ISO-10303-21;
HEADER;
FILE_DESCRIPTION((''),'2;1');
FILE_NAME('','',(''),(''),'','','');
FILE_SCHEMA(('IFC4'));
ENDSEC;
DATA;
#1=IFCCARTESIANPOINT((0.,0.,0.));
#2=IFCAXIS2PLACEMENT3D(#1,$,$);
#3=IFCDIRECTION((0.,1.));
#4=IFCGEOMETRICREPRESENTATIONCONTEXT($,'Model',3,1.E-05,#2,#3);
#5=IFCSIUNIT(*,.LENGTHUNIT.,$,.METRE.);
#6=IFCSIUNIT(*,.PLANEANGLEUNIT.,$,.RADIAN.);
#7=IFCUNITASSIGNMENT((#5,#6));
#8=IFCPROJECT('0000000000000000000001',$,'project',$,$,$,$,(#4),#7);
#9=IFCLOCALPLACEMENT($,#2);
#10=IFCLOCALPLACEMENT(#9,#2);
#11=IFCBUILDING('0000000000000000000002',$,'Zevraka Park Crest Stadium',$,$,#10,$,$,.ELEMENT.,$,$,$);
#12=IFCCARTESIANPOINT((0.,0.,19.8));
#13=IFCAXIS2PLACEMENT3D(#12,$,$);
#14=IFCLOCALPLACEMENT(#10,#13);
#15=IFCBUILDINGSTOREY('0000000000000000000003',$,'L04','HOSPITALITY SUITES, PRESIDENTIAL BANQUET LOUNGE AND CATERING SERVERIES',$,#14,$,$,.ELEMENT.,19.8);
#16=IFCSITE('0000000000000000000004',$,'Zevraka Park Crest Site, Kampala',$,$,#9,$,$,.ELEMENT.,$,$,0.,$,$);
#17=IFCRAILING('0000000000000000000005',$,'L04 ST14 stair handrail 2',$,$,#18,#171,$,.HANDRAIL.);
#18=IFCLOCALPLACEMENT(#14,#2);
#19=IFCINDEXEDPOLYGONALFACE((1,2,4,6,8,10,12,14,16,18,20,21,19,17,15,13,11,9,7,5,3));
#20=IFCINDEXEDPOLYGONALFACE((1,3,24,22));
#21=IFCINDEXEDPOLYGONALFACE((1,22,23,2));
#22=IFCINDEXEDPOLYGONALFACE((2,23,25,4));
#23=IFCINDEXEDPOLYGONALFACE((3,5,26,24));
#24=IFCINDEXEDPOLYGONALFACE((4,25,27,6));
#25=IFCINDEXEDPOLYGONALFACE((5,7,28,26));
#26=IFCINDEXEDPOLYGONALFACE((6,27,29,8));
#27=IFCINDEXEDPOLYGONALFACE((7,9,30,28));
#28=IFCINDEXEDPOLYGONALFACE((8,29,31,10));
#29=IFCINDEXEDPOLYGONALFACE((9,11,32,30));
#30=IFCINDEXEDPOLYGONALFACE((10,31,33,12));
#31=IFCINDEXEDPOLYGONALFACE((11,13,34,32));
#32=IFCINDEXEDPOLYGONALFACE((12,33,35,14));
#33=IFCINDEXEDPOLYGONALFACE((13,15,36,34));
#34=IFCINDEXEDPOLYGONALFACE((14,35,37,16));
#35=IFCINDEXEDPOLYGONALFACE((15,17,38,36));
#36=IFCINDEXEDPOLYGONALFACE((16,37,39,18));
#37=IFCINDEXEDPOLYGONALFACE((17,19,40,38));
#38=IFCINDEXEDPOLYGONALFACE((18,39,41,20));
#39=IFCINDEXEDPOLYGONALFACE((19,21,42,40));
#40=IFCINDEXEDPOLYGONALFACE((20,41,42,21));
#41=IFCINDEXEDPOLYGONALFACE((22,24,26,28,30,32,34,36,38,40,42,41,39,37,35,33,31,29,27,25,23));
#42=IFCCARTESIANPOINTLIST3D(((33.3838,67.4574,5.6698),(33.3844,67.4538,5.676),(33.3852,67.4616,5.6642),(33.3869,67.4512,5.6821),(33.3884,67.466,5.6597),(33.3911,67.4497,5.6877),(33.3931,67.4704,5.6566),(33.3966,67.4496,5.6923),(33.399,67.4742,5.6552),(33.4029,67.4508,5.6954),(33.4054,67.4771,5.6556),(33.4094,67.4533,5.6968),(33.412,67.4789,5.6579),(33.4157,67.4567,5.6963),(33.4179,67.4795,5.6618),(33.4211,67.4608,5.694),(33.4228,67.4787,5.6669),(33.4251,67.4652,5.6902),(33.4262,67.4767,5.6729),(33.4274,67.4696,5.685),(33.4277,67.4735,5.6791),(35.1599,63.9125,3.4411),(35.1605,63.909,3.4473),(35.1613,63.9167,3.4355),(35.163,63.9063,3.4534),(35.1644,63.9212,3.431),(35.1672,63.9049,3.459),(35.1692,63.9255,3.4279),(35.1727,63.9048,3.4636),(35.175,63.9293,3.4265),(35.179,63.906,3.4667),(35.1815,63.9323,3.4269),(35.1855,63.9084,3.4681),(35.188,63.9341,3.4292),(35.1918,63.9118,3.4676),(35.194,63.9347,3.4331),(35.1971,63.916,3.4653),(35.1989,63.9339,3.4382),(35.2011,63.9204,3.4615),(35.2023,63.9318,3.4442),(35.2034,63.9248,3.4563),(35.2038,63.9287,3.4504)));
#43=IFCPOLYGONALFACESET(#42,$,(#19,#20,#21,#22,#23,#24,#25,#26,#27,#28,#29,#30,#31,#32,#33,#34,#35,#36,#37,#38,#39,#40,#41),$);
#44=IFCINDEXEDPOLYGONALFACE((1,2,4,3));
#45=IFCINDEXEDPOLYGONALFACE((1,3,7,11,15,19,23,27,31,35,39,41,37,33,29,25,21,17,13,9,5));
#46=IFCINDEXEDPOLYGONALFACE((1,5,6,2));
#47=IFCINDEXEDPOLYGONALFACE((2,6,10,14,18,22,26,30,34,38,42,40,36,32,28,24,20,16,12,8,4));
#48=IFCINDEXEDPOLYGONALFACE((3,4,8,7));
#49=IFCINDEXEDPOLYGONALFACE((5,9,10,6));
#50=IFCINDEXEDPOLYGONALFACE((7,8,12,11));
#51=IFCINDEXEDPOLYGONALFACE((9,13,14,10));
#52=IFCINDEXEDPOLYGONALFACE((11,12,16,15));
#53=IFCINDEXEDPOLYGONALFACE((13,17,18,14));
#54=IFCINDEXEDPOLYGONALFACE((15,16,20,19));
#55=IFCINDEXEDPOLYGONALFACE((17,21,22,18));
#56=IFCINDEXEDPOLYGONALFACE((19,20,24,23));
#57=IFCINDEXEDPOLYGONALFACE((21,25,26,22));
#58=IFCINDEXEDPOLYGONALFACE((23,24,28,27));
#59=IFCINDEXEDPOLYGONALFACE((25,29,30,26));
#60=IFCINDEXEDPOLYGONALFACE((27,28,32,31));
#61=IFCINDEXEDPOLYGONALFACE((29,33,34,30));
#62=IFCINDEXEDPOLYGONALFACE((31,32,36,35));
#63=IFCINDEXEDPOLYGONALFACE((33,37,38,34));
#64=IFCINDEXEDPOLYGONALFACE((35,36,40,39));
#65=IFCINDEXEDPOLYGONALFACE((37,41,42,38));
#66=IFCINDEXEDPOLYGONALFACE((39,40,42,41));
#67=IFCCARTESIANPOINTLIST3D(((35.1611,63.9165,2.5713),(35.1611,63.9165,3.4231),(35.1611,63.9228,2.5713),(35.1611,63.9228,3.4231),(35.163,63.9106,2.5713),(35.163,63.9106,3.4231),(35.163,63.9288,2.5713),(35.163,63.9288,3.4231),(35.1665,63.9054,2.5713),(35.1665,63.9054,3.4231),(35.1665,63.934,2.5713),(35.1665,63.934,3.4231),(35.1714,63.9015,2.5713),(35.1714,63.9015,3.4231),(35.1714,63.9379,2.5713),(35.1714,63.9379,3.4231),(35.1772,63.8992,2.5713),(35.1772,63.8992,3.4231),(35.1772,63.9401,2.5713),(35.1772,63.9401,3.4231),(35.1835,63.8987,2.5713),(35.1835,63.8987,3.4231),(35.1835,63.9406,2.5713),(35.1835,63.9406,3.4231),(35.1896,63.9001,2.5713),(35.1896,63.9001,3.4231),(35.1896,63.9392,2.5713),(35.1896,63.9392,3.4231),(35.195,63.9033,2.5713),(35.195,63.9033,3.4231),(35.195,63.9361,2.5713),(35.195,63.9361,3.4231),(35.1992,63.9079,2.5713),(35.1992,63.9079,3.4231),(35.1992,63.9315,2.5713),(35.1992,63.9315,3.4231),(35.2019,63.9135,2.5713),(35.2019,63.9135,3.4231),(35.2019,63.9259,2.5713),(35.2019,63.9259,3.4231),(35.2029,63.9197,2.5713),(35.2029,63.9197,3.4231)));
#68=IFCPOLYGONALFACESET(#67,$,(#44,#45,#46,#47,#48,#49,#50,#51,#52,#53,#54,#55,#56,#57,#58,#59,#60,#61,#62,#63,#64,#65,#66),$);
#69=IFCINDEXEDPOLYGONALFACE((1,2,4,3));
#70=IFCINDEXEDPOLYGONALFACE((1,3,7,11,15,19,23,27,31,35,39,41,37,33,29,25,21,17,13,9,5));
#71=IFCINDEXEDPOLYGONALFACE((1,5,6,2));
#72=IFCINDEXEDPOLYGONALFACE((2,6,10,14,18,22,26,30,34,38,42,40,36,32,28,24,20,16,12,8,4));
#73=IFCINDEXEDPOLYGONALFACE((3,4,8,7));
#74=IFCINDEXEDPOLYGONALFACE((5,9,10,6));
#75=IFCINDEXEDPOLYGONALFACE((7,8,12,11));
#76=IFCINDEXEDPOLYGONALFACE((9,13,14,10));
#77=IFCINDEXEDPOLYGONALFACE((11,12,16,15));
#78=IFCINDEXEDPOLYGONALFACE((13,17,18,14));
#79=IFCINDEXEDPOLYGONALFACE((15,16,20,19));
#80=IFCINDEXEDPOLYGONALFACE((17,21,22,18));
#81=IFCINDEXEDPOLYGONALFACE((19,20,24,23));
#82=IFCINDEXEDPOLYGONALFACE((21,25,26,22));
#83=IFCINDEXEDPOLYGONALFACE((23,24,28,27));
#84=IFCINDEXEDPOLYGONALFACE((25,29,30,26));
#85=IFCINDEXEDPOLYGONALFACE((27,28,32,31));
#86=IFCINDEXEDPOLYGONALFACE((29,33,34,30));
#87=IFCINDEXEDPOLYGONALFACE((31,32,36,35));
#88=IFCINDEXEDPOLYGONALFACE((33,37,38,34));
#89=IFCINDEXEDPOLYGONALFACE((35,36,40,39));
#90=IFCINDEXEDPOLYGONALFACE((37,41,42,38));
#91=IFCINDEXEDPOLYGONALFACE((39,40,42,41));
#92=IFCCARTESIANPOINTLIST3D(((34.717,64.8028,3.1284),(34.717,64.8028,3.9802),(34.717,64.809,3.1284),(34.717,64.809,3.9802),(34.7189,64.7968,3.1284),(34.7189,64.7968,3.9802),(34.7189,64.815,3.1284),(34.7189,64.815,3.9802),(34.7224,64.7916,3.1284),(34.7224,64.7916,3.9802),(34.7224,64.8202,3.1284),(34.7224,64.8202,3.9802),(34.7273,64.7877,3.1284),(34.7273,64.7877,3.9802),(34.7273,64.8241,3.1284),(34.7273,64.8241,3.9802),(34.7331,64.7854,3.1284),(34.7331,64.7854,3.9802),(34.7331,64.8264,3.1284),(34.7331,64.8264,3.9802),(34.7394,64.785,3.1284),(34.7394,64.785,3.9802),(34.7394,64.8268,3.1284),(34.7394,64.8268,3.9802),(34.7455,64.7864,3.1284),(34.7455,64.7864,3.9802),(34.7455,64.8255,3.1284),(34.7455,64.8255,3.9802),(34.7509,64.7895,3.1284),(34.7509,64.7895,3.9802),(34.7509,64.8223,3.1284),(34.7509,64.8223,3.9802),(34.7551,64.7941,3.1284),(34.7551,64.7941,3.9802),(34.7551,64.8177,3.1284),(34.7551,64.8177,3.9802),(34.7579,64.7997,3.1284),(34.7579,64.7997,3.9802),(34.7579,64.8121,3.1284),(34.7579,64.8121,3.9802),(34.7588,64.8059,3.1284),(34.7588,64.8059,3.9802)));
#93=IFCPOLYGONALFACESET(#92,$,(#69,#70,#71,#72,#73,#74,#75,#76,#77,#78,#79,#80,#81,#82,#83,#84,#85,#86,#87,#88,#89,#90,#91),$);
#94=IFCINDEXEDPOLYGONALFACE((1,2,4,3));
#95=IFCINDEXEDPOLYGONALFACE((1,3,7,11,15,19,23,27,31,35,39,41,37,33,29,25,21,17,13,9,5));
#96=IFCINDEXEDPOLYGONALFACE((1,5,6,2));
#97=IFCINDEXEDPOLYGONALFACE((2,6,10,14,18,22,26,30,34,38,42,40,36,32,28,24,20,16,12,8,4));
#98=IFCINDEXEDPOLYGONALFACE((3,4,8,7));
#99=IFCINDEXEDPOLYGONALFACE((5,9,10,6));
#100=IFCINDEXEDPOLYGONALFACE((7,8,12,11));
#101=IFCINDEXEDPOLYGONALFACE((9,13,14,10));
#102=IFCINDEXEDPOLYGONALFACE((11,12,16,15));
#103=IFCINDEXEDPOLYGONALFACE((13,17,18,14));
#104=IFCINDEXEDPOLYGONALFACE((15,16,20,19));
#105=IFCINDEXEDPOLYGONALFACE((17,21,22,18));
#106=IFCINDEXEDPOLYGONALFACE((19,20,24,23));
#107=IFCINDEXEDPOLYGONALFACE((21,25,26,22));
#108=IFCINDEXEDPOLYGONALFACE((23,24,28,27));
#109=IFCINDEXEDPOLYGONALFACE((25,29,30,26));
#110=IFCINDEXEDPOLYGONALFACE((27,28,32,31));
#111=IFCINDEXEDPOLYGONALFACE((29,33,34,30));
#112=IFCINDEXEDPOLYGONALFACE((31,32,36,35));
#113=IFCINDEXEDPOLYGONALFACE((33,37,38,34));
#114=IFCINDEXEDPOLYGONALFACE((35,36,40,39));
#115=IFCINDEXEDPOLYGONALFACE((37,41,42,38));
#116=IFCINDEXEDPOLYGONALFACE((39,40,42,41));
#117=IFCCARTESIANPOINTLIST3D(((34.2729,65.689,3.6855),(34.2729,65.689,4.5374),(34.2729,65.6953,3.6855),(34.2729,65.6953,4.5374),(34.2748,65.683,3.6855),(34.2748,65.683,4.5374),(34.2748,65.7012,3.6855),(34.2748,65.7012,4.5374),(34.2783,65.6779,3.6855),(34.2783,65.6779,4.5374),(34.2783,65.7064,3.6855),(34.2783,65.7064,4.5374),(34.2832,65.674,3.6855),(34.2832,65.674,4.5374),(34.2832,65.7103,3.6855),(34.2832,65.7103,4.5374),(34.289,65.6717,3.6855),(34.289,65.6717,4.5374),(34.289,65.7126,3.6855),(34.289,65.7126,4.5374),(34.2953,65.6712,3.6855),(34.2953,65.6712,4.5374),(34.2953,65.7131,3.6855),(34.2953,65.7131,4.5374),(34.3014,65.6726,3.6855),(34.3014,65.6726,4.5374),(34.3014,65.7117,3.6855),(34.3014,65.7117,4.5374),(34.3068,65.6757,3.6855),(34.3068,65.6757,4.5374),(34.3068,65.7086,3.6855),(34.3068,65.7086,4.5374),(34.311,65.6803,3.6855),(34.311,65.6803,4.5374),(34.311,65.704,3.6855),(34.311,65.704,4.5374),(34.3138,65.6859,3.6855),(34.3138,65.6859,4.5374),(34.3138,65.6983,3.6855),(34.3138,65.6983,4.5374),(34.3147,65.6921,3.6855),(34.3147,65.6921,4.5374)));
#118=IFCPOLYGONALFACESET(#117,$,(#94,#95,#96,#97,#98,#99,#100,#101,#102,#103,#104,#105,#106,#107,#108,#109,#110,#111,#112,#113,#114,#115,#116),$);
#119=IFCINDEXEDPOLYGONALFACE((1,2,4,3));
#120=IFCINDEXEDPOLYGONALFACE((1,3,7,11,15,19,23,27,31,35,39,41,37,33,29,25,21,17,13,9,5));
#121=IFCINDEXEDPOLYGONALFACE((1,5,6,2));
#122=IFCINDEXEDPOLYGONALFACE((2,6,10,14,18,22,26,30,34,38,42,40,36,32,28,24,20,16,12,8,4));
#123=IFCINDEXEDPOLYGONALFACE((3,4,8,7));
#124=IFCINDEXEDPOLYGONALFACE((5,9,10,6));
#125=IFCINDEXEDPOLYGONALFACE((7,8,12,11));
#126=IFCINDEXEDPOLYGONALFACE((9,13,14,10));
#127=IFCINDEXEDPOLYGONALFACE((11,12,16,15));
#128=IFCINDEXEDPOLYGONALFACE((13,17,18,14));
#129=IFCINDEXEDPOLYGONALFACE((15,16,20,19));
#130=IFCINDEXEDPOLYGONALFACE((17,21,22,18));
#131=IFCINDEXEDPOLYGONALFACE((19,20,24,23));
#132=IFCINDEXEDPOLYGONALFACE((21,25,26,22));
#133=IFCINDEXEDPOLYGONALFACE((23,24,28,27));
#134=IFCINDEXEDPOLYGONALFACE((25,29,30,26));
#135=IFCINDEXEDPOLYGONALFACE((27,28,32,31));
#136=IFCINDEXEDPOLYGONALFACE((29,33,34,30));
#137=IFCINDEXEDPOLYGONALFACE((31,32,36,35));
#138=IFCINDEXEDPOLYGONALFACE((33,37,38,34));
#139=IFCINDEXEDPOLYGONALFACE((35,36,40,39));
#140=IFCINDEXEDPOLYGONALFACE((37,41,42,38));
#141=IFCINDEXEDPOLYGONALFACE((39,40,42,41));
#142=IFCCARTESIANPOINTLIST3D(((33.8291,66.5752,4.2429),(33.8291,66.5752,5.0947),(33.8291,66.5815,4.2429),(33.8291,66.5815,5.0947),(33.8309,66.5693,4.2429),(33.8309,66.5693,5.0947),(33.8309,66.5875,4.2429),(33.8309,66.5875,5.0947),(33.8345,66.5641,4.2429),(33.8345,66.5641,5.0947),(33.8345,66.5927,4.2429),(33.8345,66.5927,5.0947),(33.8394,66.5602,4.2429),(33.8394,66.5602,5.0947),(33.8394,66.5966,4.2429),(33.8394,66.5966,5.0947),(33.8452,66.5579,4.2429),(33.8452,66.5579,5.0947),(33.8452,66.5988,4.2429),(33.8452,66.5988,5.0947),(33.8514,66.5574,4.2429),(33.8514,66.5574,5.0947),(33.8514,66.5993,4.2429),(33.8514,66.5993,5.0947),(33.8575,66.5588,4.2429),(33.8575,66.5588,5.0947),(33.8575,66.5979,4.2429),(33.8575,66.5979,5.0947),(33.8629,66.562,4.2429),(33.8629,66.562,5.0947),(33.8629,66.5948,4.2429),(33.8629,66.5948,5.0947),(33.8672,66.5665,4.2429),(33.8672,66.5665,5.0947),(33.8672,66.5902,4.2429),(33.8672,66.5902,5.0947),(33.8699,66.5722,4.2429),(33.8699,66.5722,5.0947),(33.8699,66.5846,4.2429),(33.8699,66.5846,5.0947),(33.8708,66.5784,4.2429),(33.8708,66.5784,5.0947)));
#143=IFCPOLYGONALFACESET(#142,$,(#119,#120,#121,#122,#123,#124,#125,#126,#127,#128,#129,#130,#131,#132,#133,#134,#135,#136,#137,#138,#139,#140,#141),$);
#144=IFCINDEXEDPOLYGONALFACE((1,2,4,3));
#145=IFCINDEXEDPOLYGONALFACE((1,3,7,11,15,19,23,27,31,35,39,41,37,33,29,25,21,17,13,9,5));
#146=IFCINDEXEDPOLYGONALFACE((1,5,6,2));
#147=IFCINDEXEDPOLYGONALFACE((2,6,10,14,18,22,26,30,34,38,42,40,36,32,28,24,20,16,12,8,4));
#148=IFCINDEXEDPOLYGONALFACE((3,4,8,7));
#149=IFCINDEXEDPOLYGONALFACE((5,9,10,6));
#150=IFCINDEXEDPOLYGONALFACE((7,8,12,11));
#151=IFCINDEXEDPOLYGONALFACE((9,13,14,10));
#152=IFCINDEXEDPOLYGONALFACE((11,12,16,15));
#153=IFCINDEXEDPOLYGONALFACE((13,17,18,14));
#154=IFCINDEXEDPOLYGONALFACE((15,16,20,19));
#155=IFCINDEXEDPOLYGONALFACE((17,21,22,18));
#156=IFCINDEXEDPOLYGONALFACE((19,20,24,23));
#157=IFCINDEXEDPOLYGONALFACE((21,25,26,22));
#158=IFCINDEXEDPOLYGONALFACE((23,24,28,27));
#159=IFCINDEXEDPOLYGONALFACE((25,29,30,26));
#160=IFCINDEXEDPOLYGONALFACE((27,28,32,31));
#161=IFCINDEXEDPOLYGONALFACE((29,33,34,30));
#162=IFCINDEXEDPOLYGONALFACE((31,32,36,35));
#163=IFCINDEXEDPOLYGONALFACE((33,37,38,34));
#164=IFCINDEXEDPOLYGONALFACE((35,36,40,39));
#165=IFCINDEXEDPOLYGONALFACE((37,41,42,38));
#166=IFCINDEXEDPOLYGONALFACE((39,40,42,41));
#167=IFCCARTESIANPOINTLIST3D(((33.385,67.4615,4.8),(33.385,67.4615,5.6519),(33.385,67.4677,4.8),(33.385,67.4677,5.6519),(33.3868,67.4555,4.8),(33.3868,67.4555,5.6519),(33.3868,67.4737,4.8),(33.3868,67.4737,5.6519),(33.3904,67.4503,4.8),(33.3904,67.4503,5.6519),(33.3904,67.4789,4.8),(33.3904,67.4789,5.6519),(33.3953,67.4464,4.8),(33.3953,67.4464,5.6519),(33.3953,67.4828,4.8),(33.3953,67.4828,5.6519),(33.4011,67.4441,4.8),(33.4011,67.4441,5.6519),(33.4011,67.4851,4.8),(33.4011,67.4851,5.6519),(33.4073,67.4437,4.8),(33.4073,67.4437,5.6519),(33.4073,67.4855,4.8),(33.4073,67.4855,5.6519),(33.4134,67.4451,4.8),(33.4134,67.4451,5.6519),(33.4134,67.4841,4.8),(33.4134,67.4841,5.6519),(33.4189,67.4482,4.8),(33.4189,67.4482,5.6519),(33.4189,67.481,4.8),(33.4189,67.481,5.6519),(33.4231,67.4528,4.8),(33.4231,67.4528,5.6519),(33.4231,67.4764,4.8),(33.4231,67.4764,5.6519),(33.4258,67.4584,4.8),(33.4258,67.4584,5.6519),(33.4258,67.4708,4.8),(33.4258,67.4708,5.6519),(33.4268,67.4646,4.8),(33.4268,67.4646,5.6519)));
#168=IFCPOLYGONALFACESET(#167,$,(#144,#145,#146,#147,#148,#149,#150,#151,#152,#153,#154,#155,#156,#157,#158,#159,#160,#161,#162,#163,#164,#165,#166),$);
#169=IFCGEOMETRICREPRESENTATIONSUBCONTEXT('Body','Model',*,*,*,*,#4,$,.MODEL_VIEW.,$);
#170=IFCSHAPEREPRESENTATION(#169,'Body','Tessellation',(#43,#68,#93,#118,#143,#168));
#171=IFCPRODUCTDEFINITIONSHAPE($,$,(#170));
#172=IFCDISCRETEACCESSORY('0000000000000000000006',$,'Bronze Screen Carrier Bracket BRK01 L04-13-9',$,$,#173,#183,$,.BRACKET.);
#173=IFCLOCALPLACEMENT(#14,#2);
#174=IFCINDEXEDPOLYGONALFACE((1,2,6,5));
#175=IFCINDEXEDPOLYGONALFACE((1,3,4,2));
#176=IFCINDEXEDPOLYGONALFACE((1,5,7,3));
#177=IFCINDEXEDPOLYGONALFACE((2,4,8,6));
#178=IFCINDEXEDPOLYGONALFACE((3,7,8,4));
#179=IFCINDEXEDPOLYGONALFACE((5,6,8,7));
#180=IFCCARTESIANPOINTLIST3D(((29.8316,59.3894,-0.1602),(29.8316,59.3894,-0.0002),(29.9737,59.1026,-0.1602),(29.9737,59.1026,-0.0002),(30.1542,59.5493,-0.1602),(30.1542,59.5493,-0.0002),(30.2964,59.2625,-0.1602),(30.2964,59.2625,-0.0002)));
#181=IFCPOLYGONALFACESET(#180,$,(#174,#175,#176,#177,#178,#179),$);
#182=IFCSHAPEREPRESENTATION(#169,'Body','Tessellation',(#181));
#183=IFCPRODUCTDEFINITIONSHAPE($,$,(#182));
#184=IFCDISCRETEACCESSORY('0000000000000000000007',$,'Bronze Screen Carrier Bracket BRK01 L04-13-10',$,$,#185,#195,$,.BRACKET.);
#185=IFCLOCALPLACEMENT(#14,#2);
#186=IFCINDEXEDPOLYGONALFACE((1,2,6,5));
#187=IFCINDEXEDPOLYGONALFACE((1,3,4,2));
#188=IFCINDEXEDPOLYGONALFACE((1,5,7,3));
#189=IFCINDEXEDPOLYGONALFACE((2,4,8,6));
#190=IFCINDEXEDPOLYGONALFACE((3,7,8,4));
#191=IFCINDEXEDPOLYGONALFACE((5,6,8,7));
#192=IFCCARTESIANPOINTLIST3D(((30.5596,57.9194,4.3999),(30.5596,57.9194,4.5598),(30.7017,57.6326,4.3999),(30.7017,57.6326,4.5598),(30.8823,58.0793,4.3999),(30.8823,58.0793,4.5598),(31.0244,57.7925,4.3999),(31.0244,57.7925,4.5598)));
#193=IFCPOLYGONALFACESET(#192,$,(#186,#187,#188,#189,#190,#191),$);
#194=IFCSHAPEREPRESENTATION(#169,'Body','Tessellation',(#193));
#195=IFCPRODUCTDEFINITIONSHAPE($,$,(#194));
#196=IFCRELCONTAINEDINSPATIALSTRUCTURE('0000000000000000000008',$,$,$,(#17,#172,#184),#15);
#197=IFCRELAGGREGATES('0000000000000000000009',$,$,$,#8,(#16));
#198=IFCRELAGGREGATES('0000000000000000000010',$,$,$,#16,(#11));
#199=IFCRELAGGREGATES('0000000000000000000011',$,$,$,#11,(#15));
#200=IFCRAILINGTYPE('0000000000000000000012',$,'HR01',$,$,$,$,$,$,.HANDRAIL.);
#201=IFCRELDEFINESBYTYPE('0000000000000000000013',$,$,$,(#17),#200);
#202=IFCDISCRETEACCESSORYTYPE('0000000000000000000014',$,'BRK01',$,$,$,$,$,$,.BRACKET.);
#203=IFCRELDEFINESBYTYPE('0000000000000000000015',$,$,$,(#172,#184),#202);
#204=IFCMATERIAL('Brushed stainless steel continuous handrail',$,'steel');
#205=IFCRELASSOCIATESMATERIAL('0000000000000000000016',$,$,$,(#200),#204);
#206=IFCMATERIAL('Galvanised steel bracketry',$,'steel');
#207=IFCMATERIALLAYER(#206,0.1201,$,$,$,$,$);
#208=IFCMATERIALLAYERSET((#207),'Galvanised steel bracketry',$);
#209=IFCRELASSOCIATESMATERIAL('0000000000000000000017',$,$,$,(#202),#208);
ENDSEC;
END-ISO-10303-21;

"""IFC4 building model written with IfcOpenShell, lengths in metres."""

from ifc_helpers import new_model, si_unit, direction, frame, origin, origin_2d, place, context, subcontext, project, spatial, rectangle, circle, extrude, material, layer, layer_set, type_object, element, save


model = new_model("IFC4")

# Units and contexts
model_context = context("Model", 3, precision=1e-05, world=origin(), true_north=direction((0.0, 1.0)))
body_context = subcontext(model_context, "Body", "Model", "MODEL_VIEW")
ifc_project = project(units=[si_unit("LENGTHUNIT", "METRE"), si_unit("PLANEANGLEUNIT", "RADIAN")], contexts=[model_context])

# Site, building, storey
site_placement = place(None, origin())
site = spatial("IfcSite", under=ifc_project, at=site_placement, Name="Zevraka Park Crest Site, Kampala", CompositionType="ELEMENT", RefElevation=0.0)
building_placement = place(site_placement, origin())
building = spatial("IfcBuilding", under=site, at=building_placement, Name="Zevraka Park Crest Stadium", CompositionType="ELEMENT")
storey_placement = place(building_placement, frame((0.0, 0.0, 19.8)))
storey = spatial("IfcBuildingStorey", under=building, at=storey_placement, Name="L04", Description="HOSPITALITY SUITES, PRESIDENTIAL BANQUET LOUNGE AND CATERING SERVERIES", CompositionType="ELEMENT", Elevation=19.8)

# Railing
ifc_material_1 = material(Name="Brushed stainless steel continuous handrail", Category="steel")
railing_type_1 = type_object("IfcRailingType", Name="HR01", PredefinedType="HANDRAIL", material=ifc_material_1)
railing_1_placement = place(storey_placement, frame((35.1819, 63.9197, 2.5713)))
element("IfcRailing", 1, at=railing_1_placement, inside=storey, type_object=railing_type_1, Name="L04 ST14 stair handrail 2", PredefinedType="HANDRAIL", context=body_context, shape_type="SweptSolid", body=[
    extrude(circle(Radius=0.0239, at=origin_2d()), frame((0.0, 0.0, 0.876), z_axis=(-0.390489, 0.779368, 0.490004), x_axis=(-0.894057, -0.447952, 0.0)), (0.0, 0.0, 1.0), 4.5483),
    extrude(circle(Radius=0.021, at=origin_2d()), origin(), (0.0, 0.0, 1.0), 0.8518),
    extrude(circle(Radius=0.021, at=origin_2d()), frame((-0.4441, 0.8862, 0.5571)), (0.0, 0.0, 1.0), 0.8518),
    extrude(circle(Radius=0.021, at=origin_2d()), frame((-0.8882, 1.7725, 1.1143)), (0.0, 0.0, 1.0), 0.8518),
    extrude(circle(Radius=0.021, at=origin_2d()), frame((-1.332, 2.6587, 1.6716)), (0.0, 0.0, 1.0), 0.8518),
    extrude(circle(Radius=0.021, at=origin_2d()), frame((-1.7761, 3.5449, 2.2288)), (0.0, 0.0, 1.0), 0.8518),
])

# Discrete accessories
ifc_material_2 = material(Name="Galvanised steel bracketry", Category="steel")
ifc_layer_1 = layer(ifc_material_2, 0.1201)
ifc_layer_set_1 = layer_set([ifc_layer_1], Name="Galvanised steel bracketry")
discrete_accessory_type = type_object("IfcDiscreteAccessoryType", Name="BRK01", PredefinedType="BRACKET", material=ifc_layer_set_1)
for number, where, z_axis, x_axis, name in (
    (2, (30.064, 59.3259, -0.1602), (0.0, 0.0, 1.0), (0.44401, -0.896022, 0.0), "Bronze Screen Carrier Bracket BRK01 L04-13-9"),
    (3, (30.792, 57.856, 4.3999), (0.0, 0.0, 1.0), (0.44401, -0.896022, 0.0), "Bronze Screen Carrier Bracket BRK01 L04-13-10"),
):
    element("IfcDiscreteAccessory", number, at=place(storey_placement, frame(where, z_axis=z_axis, x_axis=x_axis)), inside=storey, type_object=discrete_accessory_type, Name=name, PredefinedType="BRACKET", context=body_context, shape_type="SweptSolid", body=[
        extrude(rectangle(XDim=0.3201, YDim=0.3601, at=origin_2d()), origin(), (0.0, 0.0, 1.0), 0.1599),
    ])

save(model, "model.ifc")
